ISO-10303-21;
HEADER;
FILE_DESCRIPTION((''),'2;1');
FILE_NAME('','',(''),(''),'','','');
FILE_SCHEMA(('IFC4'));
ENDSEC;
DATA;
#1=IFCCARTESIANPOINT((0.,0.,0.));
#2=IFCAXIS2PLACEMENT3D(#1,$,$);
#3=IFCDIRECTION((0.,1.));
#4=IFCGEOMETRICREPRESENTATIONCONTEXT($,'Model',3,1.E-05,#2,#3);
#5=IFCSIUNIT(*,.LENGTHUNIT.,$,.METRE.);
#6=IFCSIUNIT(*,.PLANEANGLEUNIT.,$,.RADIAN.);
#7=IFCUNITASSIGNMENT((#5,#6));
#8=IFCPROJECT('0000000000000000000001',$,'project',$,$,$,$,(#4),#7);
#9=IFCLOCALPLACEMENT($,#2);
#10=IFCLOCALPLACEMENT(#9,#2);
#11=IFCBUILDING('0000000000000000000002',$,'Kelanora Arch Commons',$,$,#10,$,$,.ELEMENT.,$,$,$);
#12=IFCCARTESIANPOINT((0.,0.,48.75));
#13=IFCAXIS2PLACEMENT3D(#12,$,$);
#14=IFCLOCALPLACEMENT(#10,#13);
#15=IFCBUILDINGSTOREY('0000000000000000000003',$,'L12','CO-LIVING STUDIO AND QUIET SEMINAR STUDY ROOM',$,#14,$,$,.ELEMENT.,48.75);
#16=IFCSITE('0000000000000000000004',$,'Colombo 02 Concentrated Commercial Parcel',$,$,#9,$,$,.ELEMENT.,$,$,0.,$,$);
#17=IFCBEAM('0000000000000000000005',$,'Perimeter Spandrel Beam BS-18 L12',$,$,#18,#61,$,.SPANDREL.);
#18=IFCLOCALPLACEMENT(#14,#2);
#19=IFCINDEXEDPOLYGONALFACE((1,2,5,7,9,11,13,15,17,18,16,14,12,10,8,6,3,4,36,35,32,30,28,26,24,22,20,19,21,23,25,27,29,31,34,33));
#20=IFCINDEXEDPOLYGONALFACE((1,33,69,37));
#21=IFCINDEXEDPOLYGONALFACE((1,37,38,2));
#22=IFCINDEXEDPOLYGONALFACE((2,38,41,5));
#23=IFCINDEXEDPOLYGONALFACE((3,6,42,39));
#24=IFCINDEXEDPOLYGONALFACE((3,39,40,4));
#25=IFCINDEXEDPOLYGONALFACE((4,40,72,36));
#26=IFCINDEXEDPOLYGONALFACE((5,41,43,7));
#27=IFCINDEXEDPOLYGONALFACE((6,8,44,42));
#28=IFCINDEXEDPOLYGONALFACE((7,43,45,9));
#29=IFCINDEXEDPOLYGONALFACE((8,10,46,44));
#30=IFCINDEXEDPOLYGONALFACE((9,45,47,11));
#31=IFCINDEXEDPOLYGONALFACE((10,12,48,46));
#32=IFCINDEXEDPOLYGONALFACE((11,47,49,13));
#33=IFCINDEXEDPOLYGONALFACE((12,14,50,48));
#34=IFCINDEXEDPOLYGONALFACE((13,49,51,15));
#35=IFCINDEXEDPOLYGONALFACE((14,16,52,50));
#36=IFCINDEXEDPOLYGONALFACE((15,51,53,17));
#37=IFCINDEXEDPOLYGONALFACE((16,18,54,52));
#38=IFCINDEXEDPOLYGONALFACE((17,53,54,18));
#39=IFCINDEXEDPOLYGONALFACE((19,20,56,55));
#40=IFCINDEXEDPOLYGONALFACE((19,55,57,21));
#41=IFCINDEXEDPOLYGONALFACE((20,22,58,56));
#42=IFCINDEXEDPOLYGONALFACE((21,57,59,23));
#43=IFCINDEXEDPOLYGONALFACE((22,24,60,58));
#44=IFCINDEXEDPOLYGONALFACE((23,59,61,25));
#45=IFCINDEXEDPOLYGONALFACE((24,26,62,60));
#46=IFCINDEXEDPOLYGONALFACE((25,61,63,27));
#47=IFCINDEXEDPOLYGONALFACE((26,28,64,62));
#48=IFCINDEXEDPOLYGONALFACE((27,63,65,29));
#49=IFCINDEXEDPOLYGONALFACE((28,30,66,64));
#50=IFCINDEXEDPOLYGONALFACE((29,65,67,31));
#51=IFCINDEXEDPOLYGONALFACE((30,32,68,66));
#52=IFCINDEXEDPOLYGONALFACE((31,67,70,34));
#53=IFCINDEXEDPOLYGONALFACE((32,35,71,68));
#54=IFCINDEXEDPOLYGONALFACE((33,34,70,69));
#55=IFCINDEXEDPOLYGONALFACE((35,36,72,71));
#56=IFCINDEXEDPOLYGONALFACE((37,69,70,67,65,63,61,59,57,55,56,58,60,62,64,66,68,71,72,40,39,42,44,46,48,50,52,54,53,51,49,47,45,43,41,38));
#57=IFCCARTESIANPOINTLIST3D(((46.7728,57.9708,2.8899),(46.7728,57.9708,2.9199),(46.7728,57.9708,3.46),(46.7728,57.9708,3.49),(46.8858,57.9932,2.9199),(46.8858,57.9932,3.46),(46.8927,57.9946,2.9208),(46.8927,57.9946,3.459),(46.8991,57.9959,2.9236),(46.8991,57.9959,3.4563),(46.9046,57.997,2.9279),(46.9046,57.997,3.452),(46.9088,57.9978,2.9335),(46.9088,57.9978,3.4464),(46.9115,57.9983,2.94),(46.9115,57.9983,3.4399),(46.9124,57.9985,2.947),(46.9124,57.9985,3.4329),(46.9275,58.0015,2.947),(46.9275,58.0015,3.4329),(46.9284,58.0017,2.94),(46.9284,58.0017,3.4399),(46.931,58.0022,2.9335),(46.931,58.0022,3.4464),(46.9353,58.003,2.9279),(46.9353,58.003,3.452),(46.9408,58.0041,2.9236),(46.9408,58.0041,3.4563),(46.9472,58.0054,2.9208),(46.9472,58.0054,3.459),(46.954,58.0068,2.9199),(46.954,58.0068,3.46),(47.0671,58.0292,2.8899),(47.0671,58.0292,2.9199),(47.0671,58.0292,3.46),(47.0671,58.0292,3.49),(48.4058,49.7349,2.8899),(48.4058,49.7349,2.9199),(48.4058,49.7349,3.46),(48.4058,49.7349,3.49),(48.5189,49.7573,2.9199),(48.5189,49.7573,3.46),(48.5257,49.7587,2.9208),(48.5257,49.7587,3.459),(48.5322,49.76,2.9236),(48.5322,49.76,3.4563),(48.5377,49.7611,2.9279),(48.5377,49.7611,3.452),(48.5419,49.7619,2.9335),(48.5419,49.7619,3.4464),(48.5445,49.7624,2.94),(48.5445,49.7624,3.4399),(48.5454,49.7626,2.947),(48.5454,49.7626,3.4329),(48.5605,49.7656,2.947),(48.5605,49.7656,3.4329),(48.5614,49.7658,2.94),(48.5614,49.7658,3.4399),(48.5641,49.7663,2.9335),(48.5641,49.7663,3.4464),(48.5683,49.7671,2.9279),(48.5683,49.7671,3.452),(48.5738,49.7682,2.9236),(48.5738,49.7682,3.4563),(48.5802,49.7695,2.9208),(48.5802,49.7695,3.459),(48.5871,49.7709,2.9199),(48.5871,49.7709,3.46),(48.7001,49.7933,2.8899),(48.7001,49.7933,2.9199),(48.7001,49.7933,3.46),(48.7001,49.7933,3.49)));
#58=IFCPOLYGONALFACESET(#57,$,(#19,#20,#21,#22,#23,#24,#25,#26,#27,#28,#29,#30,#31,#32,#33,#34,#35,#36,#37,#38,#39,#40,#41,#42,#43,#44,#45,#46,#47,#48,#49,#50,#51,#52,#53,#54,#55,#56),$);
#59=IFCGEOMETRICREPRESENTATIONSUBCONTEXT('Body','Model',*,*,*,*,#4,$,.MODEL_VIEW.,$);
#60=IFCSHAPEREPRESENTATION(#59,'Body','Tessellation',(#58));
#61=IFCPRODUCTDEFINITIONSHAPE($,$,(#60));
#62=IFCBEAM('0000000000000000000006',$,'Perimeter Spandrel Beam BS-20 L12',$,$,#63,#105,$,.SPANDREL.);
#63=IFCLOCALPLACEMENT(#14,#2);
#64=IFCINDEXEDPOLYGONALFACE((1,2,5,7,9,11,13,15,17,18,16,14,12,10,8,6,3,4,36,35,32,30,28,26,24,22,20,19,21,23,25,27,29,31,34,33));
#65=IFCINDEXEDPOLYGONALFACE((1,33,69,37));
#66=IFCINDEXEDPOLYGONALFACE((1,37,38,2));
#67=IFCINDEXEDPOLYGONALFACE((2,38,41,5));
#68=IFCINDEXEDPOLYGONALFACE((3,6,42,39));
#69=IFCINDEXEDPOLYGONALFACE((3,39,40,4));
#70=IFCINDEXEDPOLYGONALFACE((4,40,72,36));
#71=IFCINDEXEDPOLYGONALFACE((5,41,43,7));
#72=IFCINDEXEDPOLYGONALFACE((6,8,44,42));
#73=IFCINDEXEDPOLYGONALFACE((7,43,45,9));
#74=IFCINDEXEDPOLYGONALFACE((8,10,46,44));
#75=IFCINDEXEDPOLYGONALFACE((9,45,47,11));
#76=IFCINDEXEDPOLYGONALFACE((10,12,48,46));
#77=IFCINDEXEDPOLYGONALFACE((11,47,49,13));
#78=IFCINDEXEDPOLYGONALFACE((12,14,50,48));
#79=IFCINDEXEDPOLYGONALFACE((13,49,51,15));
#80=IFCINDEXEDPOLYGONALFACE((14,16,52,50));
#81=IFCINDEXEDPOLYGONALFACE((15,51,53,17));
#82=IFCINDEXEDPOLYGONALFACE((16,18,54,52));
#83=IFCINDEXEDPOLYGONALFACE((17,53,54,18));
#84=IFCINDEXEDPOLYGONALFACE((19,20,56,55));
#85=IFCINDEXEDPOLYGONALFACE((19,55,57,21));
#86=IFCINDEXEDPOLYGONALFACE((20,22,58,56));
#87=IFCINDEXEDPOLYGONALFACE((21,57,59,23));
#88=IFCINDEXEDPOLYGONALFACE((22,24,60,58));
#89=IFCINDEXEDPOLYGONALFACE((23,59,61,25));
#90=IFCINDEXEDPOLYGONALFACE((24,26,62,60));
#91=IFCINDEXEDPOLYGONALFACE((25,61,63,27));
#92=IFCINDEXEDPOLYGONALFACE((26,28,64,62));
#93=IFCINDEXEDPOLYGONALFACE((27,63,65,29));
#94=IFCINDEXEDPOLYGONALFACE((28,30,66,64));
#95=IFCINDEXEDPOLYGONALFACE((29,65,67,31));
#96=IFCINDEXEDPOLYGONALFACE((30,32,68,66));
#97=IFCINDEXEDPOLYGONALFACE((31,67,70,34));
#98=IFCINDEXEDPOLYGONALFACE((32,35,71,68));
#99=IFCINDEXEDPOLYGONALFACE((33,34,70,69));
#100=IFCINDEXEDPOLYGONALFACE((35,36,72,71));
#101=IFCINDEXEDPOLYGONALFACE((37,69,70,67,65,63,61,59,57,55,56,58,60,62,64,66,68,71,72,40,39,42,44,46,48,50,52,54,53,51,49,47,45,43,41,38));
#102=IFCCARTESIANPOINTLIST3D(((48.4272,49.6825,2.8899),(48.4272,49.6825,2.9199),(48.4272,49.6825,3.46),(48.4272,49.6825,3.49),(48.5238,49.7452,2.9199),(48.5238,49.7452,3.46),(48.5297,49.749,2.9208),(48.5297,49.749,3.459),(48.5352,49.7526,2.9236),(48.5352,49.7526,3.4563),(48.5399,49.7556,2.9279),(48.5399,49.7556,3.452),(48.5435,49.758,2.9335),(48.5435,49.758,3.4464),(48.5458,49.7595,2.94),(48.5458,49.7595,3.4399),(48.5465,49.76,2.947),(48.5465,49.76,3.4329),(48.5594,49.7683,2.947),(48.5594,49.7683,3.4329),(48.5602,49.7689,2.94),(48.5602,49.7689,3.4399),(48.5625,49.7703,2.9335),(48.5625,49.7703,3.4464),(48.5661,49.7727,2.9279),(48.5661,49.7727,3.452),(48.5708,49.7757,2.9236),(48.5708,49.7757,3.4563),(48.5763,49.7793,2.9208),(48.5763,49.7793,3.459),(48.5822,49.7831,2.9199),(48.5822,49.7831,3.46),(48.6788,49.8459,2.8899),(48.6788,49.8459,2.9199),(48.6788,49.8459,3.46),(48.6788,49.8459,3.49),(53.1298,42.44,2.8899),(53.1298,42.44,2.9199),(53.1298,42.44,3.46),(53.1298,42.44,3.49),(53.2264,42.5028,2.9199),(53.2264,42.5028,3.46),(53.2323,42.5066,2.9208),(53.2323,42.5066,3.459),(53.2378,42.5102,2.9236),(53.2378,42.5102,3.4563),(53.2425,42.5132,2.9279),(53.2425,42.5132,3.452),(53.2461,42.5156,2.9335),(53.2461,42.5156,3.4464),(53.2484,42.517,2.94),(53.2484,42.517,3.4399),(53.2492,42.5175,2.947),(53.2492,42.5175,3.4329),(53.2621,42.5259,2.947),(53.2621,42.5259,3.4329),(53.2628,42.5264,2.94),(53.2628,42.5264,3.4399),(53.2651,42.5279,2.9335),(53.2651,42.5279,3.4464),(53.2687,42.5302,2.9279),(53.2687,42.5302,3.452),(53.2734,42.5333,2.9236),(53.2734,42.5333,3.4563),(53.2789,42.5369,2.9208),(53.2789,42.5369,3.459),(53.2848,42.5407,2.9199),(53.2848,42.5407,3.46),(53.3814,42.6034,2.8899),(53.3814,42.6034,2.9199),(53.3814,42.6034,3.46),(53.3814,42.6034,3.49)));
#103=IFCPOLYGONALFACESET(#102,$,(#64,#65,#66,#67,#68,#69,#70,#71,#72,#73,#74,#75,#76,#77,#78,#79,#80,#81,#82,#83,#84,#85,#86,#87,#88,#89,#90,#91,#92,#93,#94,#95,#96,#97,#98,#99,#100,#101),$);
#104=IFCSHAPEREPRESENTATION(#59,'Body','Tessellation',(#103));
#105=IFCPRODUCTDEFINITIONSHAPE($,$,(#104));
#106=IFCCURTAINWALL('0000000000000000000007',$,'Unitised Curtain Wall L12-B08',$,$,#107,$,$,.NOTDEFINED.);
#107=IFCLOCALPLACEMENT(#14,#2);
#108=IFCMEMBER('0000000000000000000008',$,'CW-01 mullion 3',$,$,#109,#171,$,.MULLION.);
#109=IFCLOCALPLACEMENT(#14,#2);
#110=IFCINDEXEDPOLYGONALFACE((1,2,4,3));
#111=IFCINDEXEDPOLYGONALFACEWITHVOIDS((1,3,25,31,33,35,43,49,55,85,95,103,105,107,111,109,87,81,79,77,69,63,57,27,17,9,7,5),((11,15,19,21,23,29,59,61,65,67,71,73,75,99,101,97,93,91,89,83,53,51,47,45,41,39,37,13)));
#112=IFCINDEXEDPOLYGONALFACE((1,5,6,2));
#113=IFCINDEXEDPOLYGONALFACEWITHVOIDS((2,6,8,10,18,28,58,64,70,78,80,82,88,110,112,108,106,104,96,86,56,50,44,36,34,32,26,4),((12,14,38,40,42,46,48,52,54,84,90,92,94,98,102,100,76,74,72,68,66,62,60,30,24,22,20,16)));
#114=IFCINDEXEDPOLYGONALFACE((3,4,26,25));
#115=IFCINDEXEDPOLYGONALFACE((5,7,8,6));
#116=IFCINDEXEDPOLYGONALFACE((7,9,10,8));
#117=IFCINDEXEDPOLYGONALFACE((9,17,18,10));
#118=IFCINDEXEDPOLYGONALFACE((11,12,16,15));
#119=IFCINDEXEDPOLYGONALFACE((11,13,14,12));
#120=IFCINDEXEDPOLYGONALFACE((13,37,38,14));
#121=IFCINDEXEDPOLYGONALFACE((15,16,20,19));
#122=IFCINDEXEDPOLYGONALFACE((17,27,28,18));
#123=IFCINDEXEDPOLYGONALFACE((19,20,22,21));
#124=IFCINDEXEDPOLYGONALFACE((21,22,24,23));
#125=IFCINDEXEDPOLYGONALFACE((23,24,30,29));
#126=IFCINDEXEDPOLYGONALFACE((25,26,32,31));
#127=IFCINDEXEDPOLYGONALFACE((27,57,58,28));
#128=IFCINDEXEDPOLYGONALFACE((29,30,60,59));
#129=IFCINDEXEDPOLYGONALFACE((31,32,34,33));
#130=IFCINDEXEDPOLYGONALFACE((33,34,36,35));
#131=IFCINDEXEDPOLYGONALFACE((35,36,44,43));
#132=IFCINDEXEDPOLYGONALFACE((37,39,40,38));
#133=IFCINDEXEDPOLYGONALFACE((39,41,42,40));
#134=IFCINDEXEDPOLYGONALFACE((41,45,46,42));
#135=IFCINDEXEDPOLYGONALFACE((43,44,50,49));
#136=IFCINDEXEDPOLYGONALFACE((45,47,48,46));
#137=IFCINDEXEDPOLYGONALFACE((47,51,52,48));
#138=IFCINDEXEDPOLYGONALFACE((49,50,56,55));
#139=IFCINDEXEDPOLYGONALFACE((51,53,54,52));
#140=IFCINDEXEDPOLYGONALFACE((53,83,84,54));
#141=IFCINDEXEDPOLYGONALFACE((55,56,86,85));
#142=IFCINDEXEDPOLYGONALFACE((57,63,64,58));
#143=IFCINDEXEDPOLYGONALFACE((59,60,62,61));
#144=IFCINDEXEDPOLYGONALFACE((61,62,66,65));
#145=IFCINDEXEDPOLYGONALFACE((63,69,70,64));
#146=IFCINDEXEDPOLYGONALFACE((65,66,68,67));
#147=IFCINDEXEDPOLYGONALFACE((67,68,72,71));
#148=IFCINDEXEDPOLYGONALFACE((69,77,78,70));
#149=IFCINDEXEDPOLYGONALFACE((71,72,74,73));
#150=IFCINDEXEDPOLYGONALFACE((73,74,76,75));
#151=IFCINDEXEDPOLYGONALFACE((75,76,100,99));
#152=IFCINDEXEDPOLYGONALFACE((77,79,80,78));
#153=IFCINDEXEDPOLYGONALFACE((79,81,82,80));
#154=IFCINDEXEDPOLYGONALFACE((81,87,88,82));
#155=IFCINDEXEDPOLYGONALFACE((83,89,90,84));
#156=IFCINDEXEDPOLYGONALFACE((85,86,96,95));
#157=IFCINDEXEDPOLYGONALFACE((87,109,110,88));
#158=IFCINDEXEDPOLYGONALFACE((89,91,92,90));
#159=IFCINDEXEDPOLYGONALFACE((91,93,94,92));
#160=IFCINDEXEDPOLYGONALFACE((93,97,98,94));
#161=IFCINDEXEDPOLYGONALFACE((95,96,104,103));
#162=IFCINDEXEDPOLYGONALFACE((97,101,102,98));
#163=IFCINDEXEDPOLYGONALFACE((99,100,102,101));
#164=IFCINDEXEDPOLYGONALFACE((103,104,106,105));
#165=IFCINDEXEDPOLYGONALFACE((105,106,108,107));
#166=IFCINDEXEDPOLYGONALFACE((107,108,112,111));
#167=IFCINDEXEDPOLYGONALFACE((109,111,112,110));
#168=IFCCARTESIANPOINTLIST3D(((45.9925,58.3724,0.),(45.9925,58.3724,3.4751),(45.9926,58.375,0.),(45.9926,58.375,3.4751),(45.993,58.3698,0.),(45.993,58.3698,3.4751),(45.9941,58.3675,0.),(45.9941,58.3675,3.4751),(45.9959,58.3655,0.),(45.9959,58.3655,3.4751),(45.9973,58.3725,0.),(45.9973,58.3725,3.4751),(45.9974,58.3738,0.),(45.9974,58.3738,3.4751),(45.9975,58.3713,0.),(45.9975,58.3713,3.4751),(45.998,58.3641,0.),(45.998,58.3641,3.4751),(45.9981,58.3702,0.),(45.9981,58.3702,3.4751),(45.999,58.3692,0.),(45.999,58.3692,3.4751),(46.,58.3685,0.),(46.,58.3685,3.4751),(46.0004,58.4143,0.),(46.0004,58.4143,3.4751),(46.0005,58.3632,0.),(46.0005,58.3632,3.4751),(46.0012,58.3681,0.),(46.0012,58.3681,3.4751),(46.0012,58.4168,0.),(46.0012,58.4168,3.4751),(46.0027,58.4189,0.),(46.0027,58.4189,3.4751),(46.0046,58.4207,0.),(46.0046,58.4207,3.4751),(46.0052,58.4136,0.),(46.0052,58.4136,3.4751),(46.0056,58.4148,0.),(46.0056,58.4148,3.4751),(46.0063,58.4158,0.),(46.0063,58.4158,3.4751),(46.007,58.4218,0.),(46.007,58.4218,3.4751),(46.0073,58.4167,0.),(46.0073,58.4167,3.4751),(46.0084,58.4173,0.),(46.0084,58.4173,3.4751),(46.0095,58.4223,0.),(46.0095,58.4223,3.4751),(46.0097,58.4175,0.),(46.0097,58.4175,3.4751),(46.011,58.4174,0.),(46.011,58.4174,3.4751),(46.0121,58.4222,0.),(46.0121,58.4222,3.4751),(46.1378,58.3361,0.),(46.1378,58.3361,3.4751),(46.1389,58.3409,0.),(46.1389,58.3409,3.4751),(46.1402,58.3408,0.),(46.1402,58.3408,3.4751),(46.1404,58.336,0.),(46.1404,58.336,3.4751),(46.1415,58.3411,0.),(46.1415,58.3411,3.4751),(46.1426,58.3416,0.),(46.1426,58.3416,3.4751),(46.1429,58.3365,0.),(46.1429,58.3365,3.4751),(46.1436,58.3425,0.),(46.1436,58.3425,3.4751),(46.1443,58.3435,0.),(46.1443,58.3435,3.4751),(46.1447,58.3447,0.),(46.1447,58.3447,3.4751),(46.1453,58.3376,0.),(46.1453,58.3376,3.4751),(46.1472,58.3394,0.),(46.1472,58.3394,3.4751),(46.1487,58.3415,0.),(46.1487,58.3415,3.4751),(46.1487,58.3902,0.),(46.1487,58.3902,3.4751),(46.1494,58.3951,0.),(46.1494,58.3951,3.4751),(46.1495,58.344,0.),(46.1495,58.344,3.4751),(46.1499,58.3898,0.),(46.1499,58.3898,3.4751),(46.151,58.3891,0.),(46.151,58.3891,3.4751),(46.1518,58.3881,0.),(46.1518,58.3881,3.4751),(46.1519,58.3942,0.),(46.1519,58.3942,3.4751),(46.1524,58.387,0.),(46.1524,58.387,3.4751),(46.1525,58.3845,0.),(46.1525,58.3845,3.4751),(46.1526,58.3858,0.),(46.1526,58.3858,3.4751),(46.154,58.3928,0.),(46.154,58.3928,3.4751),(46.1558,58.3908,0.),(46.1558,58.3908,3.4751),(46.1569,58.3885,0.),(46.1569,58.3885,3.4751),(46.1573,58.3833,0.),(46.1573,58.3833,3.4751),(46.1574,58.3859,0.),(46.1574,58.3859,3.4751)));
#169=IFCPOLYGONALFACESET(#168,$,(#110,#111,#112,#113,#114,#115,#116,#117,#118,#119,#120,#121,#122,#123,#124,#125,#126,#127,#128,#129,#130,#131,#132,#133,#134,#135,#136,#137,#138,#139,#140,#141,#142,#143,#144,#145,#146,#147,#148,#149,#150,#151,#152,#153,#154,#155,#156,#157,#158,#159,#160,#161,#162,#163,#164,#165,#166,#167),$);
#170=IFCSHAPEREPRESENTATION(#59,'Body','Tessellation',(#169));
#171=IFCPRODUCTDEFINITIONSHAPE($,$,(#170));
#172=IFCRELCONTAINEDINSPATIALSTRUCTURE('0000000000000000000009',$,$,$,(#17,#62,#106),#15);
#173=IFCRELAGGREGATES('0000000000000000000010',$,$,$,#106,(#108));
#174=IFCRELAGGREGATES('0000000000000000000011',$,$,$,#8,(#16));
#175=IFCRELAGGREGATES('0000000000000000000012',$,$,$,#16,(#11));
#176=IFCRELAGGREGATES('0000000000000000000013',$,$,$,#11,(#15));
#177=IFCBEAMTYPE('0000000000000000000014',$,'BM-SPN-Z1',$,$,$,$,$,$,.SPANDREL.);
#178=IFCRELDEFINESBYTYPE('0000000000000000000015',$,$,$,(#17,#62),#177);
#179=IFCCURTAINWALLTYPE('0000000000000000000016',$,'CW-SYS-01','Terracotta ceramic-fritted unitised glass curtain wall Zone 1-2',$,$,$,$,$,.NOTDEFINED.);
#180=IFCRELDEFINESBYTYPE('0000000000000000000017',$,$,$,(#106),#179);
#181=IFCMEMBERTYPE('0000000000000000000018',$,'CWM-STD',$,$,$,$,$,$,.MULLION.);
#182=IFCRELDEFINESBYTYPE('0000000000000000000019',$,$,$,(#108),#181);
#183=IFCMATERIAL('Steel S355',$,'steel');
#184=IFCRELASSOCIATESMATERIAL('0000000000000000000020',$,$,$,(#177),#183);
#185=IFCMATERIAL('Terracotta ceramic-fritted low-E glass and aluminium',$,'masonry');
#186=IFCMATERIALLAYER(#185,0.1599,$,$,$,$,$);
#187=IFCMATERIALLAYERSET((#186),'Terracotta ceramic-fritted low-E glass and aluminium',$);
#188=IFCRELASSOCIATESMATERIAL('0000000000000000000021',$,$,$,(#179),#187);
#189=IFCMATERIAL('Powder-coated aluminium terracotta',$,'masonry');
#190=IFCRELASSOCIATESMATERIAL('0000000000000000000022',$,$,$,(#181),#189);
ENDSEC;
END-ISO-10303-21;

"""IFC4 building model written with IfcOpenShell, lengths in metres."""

from ifc_helpers import new_model, si_unit, direction, frame, origin, origin_2d, place, context, subcontext, project, spatial, hollow_rectangle, i_section, extrude, material, layer, layer_set, material_profile, profile_set, type_object, element, aggregate, save


model = new_model("IFC4")

# Units and contexts
model_context = context("Model", 3, precision=1e-05, world=origin(), true_north=direction((0.0, 1.0)))
body_context = subcontext(model_context, "Body", "Model", "MODEL_VIEW")
ifc_project = project(units=[si_unit("LENGTHUNIT", "METRE"), si_unit("PLANEANGLEUNIT", "RADIAN")], contexts=[model_context])

# Site, building, storey
site_placement = place(None, origin())
site = spatial("IfcSite", under=ifc_project, at=site_placement, Name="Colombo 02 Concentrated Commercial Parcel", CompositionType="ELEMENT", RefElevation=0.0)
building_placement = place(site_placement, origin())
building = spatial("IfcBuilding", under=site, at=building_placement, Name="Kelanora Arch Commons", CompositionType="ELEMENT")
storey_placement = place(building_placement, frame((0.0, 0.0, 48.75)))
storey = spatial("IfcBuildingStorey", under=building, at=storey_placement, Name="L12", Description="CO-LIVING STUDIO AND QUIET SEMINAR STUDY ROOM", CompositionType="ELEMENT", Elevation=48.75)

# Beams
ifc_material_1 = material(Name="Steel S355", Category="steel")
ifc_material_profile_1 = material_profile(ifc_material_1, i_section(OverallWidth=0.3, OverallDepth=0.6001, WebThickness=0.0154, FlangeThickness=0.03, FilletRadius=0.0271, at=origin_2d()), Name="HEB600")
ifc_profile_set_1 = profile_set([ifc_material_profile_1], Name="Steel S355")
beam_type_1 = type_object("IfcBeamType", Name="BM-SPN-Z1", PredefinedType="SPANDREL", material=ifc_profile_set_1)
beam_1_placement = place(storey_placement, frame((46.9199, 58.0, 3.1899), z_axis=(0.1945, -0.980903, 0.0), x_axis=(0.980903, 0.1945, 0.0)))
element("IfcBeam", 1, at=beam_1_placement, inside=storey, type_object=beam_type_1, Name="Perimeter Spandrel Beam BS-18 L12", PredefinedType="SPANDREL", context=body_context, shape_type="SweptSolid", body=[
    extrude(i_section(OverallWidth=0.3, OverallDepth=0.6001, WebThickness=0.0154, FlangeThickness=0.03, FilletRadius=0.0271, at=origin_2d()), origin(), (0.0, 0.0, 1.0), 8.3962),
])
beam_2_placement = place(storey_placement, frame((48.553, 49.7642, 3.1899), z_axis=(0.544586, -0.838705, 0.0), x_axis=(0.838705, 0.544586, 0.0)))
element("IfcBeam", 2, at=beam_2_placement, inside=storey, type_object=beam_type_1, Name="Perimeter Spandrel Beam BS-20 L12", PredefinedType="SPANDREL", context=body_context, shape_type="SweptSolid", body=[
    extrude(i_section(OverallWidth=0.3, OverallDepth=0.6001, WebThickness=0.0154, FlangeThickness=0.03, FilletRadius=0.0271, at=origin_2d()), origin(), (0.0, 0.0, 1.0), 8.6353),
])

# Curtain wall, member
ifc_material_2 = material(Name="Terracotta ceramic-fritted low-E glass and aluminium", Category="masonry")
ifc_layer_1 = layer(ifc_material_2, 0.1599)
ifc_layer_set_1 = layer_set([ifc_layer_1], Name="Terracotta ceramic-fritted low-E glass and aluminium")
curtain_wall_type = type_object("IfcCurtainWallType", Name="CW-SYS-01", Description="Terracotta ceramic-fritted unitised glass curtain wall Zone 1-2", PredefinedType="NOTDEFINED", material=ifc_layer_set_1)
curtain_wall_1_placement = place(storey_placement, origin())
curtain_wall_1 = element("IfcCurtainWall", 3, at=curtain_wall_1_placement, inside=storey, type_object=curtain_wall_type, Name="Unitised Curtain Wall L12-B08", PredefinedType="NOTDEFINED")
ifc_material_3 = material(Name="Powder-coated aluminium terracotta", Category="masonry")
ifc_material_profile_2 = material_profile(ifc_material_3, hollow_rectangle(XDim=0.1599, YDim=0.0601, WallThickness=0.0049, InnerFilletRadius=0.0049, OuterFilletRadius=0.01, at=origin_2d()), Name="CWM160x60")
ifc_profile_set_2 = profile_set([ifc_material_profile_2], Name="Powder-coated aluminium terracotta")
member_type_1 = type_object("IfcMemberType", Name="CWM-STD", PredefinedType="MULLION", material=ifc_profile_set_2)
member_1_placement = place(storey_placement, frame((46.075, 58.3792, 0.0), z_axis=(0.0, 0.0, 1.0), x_axis=(0.981052, -0.193744, 0.0)))
member_1 = element("IfcMember", 4, at=member_1_placement, type_object=member_type_1, Name="CW-01 mullion 3", PredefinedType="MULLION", context=body_context, shape_type="SweptSolid", body=[
    extrude(hollow_rectangle(XDim=0.1599, YDim=0.0601, WallThickness=0.0049, InnerFilletRadius=0.0049, OuterFilletRadius=0.01, at=origin_2d()), origin(), (0.0, 0.0, 1.0), 3.4751),
])
aggregate(curtain_wall_1, [member_1])

save(model, "model.ifc")
